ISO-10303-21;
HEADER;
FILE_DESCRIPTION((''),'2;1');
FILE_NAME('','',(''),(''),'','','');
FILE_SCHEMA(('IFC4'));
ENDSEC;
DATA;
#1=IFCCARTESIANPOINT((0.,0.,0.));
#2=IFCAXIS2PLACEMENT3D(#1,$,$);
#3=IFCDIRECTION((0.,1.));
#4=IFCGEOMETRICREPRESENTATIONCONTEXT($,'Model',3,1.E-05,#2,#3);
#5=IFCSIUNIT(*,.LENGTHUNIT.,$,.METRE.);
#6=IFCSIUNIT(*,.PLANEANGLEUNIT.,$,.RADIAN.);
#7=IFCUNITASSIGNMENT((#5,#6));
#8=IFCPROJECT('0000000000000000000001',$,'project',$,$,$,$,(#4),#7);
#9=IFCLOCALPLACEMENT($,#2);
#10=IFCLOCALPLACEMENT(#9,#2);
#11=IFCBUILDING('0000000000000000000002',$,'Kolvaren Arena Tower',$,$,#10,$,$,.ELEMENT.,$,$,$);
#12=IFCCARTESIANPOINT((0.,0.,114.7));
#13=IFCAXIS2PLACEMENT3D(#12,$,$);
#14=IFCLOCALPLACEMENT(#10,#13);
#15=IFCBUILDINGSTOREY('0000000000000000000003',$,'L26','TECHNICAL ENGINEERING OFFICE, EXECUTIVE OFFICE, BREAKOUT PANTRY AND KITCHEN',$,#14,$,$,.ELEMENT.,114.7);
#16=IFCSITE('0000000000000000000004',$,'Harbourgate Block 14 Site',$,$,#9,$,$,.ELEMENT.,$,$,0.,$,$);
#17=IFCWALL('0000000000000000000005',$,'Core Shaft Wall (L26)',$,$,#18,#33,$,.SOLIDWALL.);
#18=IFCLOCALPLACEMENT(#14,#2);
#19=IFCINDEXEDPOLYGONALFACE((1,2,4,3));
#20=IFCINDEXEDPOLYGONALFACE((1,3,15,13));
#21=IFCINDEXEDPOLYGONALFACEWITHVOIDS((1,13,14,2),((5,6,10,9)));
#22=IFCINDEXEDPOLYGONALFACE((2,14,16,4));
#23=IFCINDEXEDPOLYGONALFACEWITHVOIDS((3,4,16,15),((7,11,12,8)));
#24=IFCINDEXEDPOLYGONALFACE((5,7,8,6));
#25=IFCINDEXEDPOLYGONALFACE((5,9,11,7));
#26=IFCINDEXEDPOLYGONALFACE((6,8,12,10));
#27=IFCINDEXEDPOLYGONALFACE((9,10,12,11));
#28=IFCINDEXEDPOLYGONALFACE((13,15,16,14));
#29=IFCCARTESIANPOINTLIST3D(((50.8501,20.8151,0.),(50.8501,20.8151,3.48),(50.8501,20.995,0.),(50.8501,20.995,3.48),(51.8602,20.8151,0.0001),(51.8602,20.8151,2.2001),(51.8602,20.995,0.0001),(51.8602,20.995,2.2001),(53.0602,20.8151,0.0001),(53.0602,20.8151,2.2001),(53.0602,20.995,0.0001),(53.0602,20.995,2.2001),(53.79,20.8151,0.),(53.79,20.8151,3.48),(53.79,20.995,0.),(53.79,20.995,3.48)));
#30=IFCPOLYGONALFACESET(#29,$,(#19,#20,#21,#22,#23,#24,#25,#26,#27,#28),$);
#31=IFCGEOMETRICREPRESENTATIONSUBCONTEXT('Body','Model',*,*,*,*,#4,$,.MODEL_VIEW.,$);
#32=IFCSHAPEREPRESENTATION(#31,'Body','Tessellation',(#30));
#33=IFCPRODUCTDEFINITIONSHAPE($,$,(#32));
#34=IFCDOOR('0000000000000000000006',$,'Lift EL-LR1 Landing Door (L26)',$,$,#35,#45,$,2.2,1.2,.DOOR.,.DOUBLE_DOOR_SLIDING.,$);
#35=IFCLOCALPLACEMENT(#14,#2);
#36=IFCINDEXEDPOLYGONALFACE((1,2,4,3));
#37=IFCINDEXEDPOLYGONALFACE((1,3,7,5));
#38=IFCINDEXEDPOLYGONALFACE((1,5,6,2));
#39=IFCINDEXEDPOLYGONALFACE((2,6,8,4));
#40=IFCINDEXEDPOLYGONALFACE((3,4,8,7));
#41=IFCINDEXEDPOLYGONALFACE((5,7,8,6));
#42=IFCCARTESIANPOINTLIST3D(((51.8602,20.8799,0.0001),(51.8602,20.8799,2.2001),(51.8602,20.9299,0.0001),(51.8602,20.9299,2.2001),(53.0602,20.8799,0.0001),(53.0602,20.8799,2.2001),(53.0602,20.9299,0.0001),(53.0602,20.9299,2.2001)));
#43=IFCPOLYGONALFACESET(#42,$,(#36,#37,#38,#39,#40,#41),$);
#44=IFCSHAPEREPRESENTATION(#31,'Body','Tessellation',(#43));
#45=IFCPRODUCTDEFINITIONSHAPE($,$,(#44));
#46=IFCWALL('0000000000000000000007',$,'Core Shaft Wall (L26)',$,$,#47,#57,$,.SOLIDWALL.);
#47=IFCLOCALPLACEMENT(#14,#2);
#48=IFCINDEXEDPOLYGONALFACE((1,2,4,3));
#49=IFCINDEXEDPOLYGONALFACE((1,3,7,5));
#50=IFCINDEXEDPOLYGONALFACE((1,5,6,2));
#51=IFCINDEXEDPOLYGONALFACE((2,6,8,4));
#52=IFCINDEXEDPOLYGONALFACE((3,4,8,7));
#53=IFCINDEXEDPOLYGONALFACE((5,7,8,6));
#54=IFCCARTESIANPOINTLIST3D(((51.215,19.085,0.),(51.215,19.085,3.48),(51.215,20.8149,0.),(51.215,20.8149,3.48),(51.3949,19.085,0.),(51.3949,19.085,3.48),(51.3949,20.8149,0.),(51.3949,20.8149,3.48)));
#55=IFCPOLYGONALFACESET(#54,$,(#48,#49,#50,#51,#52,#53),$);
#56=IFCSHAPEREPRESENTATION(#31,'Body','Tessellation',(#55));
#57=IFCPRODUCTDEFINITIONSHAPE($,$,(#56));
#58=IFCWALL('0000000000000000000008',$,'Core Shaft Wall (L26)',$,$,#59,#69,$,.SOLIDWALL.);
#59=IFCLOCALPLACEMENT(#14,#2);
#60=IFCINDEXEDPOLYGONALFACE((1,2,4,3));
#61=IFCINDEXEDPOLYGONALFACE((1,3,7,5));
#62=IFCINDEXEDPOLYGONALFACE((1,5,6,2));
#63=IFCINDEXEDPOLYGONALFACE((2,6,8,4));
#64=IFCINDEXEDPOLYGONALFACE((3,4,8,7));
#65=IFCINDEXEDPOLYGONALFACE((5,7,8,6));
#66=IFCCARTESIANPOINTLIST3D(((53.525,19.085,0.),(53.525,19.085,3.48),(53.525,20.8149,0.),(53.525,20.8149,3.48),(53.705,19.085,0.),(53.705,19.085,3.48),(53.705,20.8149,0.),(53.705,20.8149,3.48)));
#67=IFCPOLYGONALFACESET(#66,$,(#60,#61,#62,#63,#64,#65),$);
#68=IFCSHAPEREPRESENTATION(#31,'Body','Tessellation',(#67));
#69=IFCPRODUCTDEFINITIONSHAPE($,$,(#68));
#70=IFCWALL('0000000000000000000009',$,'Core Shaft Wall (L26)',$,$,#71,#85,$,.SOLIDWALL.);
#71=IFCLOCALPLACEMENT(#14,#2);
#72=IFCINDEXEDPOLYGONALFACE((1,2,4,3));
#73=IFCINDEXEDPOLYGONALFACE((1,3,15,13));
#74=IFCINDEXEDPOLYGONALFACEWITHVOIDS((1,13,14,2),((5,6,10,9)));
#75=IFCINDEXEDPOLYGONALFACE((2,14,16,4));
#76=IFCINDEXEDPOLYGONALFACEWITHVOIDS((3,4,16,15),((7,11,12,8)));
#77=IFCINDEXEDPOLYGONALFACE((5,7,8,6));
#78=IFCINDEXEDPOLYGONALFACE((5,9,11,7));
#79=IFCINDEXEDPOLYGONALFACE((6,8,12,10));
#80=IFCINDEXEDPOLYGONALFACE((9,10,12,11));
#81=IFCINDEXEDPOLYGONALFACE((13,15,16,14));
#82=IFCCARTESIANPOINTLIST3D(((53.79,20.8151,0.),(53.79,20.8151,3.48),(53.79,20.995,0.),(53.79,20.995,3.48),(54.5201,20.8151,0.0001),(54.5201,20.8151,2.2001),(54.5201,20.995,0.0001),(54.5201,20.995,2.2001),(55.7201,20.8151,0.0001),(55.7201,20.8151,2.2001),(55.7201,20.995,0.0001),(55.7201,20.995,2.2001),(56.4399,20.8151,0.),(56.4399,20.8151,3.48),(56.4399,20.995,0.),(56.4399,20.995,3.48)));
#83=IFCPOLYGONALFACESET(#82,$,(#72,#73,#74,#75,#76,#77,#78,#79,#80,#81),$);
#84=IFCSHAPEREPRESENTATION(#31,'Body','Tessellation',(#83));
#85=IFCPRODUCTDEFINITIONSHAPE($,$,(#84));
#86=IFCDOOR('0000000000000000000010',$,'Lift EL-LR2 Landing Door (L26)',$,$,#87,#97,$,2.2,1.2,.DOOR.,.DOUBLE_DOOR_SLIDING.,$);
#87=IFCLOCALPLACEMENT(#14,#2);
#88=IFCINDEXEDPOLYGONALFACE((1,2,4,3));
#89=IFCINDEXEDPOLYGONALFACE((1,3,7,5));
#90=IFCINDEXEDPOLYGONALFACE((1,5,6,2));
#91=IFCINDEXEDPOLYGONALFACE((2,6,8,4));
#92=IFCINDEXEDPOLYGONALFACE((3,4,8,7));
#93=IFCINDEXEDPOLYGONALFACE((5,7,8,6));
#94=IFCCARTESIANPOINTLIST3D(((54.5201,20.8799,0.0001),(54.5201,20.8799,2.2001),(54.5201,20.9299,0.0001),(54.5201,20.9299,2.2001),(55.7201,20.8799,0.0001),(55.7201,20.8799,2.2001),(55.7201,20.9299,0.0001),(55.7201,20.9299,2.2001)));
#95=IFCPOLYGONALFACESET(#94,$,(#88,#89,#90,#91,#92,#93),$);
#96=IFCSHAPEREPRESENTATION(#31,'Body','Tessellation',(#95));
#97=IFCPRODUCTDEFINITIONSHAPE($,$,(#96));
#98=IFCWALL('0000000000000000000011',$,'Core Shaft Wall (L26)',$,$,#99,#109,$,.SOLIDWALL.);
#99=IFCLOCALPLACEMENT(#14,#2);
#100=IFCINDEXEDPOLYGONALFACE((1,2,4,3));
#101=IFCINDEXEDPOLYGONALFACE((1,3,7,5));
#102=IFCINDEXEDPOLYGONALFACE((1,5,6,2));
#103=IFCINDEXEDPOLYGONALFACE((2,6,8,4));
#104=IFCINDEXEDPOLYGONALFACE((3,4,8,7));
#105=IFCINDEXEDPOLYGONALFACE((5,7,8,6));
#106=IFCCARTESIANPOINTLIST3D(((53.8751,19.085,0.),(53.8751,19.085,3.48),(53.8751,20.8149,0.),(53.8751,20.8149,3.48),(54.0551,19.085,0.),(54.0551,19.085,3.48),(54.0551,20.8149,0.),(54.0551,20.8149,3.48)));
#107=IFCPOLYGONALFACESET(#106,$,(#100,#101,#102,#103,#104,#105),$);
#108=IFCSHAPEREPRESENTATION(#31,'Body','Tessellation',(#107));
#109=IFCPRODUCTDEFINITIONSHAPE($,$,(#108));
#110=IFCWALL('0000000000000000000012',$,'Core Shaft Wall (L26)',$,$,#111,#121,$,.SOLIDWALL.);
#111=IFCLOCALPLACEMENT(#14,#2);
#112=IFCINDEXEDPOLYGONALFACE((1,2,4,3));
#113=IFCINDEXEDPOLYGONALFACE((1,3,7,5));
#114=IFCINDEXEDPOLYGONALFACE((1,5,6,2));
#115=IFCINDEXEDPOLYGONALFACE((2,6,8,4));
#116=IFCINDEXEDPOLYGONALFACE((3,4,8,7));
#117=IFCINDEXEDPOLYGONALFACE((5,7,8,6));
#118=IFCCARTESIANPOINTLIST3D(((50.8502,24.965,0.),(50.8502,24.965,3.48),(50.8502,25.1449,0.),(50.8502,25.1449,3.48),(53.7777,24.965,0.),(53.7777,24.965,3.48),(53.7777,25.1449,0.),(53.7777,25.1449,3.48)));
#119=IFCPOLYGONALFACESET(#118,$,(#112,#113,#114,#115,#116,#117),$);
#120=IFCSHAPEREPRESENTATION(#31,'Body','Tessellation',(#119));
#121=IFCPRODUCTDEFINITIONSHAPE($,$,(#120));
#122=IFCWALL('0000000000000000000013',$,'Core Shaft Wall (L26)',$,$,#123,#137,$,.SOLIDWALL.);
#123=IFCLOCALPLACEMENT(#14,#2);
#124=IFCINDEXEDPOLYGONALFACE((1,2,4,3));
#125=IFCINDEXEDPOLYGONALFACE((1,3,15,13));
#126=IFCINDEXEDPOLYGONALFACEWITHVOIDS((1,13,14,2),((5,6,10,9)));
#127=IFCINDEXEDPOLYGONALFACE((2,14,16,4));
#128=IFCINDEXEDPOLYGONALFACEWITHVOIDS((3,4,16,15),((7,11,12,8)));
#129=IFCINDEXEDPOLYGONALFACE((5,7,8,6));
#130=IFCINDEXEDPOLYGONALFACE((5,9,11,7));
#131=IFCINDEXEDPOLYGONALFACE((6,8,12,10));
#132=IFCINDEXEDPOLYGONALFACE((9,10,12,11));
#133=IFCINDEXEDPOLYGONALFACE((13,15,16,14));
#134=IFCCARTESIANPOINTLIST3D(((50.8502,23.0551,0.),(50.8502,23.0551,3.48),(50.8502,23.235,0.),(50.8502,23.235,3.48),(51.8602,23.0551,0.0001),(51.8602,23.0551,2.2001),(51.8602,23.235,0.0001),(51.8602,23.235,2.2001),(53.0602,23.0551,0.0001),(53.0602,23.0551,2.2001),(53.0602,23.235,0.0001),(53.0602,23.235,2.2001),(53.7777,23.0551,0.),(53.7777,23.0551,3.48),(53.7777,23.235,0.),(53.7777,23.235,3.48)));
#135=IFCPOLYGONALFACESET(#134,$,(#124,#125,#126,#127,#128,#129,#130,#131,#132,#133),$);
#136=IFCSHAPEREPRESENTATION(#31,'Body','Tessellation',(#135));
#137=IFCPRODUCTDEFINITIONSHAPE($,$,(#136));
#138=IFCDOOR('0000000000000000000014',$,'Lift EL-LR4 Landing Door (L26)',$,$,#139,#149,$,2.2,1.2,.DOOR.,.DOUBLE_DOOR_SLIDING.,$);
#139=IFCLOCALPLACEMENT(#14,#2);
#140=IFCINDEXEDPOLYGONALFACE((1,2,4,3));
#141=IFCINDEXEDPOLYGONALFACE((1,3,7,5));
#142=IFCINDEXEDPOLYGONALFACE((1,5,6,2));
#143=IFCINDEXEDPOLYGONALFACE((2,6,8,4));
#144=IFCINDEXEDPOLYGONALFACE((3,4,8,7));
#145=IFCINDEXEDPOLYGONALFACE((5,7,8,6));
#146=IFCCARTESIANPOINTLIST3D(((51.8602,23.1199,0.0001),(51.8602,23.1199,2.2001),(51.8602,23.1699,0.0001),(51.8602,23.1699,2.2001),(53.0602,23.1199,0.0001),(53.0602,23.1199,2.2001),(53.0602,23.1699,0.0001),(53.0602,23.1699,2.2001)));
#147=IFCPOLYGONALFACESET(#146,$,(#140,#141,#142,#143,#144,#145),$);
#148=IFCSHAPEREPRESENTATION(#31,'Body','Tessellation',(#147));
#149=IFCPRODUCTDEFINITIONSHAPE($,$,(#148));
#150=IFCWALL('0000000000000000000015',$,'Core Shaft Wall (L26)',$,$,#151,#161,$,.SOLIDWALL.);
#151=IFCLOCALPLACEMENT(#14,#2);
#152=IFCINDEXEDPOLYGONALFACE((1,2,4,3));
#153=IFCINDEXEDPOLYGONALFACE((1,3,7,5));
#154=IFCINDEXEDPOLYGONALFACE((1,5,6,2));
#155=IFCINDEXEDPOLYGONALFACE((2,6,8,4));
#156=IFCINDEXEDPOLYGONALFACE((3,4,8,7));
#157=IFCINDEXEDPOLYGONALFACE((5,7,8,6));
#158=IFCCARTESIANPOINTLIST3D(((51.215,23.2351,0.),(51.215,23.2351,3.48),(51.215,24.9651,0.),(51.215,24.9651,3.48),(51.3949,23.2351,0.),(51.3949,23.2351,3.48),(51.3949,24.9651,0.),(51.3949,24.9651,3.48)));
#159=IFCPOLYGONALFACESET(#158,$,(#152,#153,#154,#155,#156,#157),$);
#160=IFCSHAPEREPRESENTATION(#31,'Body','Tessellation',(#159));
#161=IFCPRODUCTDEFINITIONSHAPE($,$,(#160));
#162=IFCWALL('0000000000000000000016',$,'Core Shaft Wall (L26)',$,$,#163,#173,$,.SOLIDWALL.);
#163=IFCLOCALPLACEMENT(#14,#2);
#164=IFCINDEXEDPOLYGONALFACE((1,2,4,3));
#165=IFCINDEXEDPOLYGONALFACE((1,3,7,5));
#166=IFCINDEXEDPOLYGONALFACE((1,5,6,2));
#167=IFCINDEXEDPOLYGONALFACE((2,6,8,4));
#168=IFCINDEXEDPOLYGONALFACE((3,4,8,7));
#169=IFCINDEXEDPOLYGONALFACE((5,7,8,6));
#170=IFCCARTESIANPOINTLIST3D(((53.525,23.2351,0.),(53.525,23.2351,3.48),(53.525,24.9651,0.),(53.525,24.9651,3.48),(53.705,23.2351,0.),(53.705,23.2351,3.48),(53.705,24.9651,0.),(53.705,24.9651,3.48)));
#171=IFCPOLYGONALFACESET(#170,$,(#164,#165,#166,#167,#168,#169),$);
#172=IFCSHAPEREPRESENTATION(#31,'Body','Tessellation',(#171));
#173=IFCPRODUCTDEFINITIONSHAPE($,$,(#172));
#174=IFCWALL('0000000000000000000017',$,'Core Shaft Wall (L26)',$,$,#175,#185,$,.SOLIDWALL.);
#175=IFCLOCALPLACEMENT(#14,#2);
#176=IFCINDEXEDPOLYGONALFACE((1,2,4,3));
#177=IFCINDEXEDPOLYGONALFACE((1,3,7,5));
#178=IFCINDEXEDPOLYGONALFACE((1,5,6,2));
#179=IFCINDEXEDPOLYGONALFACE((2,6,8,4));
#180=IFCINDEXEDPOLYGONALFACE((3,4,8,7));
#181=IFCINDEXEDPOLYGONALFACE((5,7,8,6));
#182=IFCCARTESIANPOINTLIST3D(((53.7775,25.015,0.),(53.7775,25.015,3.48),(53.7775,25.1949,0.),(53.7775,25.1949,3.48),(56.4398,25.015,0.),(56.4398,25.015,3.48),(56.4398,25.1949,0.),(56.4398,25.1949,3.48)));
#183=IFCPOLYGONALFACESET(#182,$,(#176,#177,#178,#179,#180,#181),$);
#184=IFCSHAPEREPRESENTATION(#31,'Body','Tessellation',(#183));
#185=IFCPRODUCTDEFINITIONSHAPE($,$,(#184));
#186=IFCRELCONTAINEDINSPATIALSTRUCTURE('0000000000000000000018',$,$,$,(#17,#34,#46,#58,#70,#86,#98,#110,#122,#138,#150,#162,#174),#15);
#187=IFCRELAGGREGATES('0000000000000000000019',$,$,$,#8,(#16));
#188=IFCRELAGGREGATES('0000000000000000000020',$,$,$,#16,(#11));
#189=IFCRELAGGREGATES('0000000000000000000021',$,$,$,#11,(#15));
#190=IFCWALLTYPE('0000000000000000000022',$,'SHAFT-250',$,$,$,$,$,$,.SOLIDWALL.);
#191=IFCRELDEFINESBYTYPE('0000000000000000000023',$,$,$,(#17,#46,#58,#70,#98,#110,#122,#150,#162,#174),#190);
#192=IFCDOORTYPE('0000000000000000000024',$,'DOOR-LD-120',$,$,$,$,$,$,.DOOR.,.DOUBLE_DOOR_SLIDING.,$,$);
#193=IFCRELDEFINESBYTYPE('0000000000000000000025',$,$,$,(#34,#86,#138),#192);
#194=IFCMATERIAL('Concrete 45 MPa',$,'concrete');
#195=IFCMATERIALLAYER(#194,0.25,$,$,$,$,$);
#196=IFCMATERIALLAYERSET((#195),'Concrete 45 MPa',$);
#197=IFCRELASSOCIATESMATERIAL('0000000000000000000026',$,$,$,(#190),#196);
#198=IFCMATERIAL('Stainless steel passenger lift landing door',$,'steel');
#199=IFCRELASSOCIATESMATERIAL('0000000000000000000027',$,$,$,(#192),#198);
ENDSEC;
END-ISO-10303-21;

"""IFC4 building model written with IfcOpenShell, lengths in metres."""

from ifc_helpers import new_model, si_unit, direction, frame, frame_2d, origin, place, context, subcontext, project, spatial, rectangle, extrude, material, layer, layer_set, type_object, element, fill, save


model = new_model("IFC4")

# Units and contexts
model_context = context("Model", 3, precision=1e-05, world=origin(), true_north=direction((0.0, 1.0)))
body_context = subcontext(model_context, "Body", "Model", "MODEL_VIEW")
ifc_project = project(units=[si_unit("LENGTHUNIT", "METRE"), si_unit("PLANEANGLEUNIT", "RADIAN")], contexts=[model_context])

# Site, building, storey
site_placement = place(None, origin())
site = spatial("IfcSite", under=ifc_project, at=site_placement, Name="Harbourgate Block 14 Site", CompositionType="ELEMENT", RefElevation=0.0)
building_placement = place(site_placement, origin())
building = spatial("IfcBuilding", under=site, at=building_placement, Name="Kolvaren Arena Tower", CompositionType="ELEMENT")
storey_placement = place(building_placement, frame((0.0, 0.0, 114.7)))
storey = spatial("IfcBuildingStorey", under=building, at=storey_placement, Name="L26", Description="TECHNICAL ENGINEERING OFFICE, EXECUTIVE OFFICE, BREAKOUT PANTRY AND KITCHEN", CompositionType="ELEMENT", Elevation=114.7)

# Wall, opening, door
ifc_material_1 = material(Name="Concrete 45 MPa", Category="concrete")
ifc_layer_1 = layer(ifc_material_1, 0.25)
ifc_layer_set_1 = layer_set([ifc_layer_1], Name="Concrete 45 MPa")
wall_type_1 = type_object("IfcWallType", Name="SHAFT-250", PredefinedType="SOLIDWALL", material=ifc_layer_set_1)
wall_1_placement = place(storey_placement, frame((50.8501, 20.905, 0.0), z_axis=(0.0, 0.0, 1.0), x_axis=(1.0, 0.0, 0.0)))
wall_1 = element("IfcWall", 1, at=wall_1_placement, inside=storey, type_object=wall_type_1, Name="Core Shaft Wall (L26)", PredefinedType="SOLIDWALL", context=body_context, shape_type="SweptSolid", body=[
    extrude(rectangle(XDim=2.9399, YDim=0.1799, at=frame_2d((1.47, 0.0))), origin(), (0.0, 0.0, 1.0), 3.48),
])
opening_1_placement = place(wall_1_placement, frame((1.01, 0.0, 0.0)))
opening_1 = element("IfcOpeningElement", 2, at=opening_1_placement, cuts=wall_1, PredefinedType="OPENING", context=body_context, shape_type="SweptSolid", body=[
    extrude(rectangle(XDim=1.2, YDim=2.2, at=frame_2d((0.6001, 1.1001))), frame((0.0, 0.0999, 0.0), z_axis=(0.0, -1.0, 0.0), x_axis=(1.0, 0.0, 0.0)), (0.0, 0.0, 1.0), 0.2),
])
ifc_material_2 = material(Name="Stainless steel passenger lift landing door", Category="steel")
door_type_1 = type_object("IfcDoorType", Name="DOOR-LD-120", OperationType="DOUBLE_DOOR_SLIDING", PredefinedType="DOOR", material=ifc_material_2)
door_1_placement = place(opening_1_placement, origin())
door_1 = element("IfcDoor", 3, at=door_1_placement, inside=storey, type_object=door_type_1, Name="Lift EL-LR1 Landing Door (L26)", OperationType="DOUBLE_DOOR_SLIDING", OverallHeight=2.2, OverallWidth=1.2, PredefinedType="DOOR", context=body_context, shape_type="SweptSolid", body=[
    extrude(rectangle(XDim=1.2, YDim=2.2, at=frame_2d((0.6001, 1.1001))), frame((0.0, 0.0249, 0.0), z_axis=(0.0, -1.0, 0.0), x_axis=(1.0, 0.0, 0.0)), (0.0, 0.0, 1.0), 0.05),
])
fill(opening_1, door_1)

# Walls
for number, where, z_axis, x_axis, name in (
    (4, (51.3049, 19.085, 0.0), (0.0, 0.0, 1.0), (0.0, 1.0, 0.0), "Core Shaft Wall (L26)"),
    (5, (53.615, 19.085, 0.0), (0.0, 0.0, 1.0), (0.0, 1.0, 0.0), "Core Shaft Wall (L26)"),
):
    element("IfcWall", number, at=place(storey_placement, frame(where, z_axis=z_axis, x_axis=x_axis)), inside=storey, type_object=wall_type_1, Name=name, PredefinedType="SOLIDWALL", context=body_context, shape_type="SweptSolid", body=[
        extrude(rectangle(XDim=1.73, YDim=0.1799, at=frame_2d((0.865, 0.0))), origin(), (0.0, 0.0, 1.0), 3.48),
    ])

# Wall, opening, door
wall_2_placement = place(storey_placement, frame((53.79, 20.905, 0.0), z_axis=(0.0, 0.0, 1.0), x_axis=(1.0, 0.0, 0.0)))
wall_2 = element("IfcWall", 6, at=wall_2_placement, inside=storey, type_object=wall_type_1, Name="Core Shaft Wall (L26)", PredefinedType="SOLIDWALL", context=body_context, shape_type="SweptSolid", body=[
    extrude(rectangle(XDim=2.6499, YDim=0.1799, at=frame_2d((1.325, 0.0))), origin(), (0.0, 0.0, 1.0), 3.48),
])
opening_2_placement = place(wall_2_placement, frame((0.73, 0.0, 0.0)))
opening_2 = element("IfcOpeningElement", 7, at=opening_2_placement, cuts=wall_2, PredefinedType="OPENING", context=body_context, shape_type="SweptSolid", body=[
    extrude(rectangle(XDim=1.2, YDim=2.2, at=frame_2d((0.6001, 1.1001))), frame((0.0, 0.0999, 0.0), z_axis=(0.0, -1.0, 0.0), x_axis=(1.0, 0.0, 0.0)), (0.0, 0.0, 1.0), 0.2),
])
door_2_placement = place(opening_2_placement, origin())
door_2 = element("IfcDoor", 8, at=door_2_placement, inside=storey, type_object=door_type_1, Name="Lift EL-LR2 Landing Door (L26)", OperationType="DOUBLE_DOOR_SLIDING", OverallHeight=2.2, OverallWidth=1.2, PredefinedType="DOOR", context=body_context, shape_type="SweptSolid", body=[
    extrude(rectangle(XDim=1.2, YDim=2.2, at=frame_2d((0.6001, 1.1001))), frame((0.0, 0.0249, 0.0), z_axis=(0.0, -1.0, 0.0), x_axis=(1.0, 0.0, 0.0)), (0.0, 0.0, 1.0), 0.05),
])
fill(opening_2, door_2)

# Walls
wall_3_placement = place(storey_placement, frame((53.9651, 19.085, 0.0), z_axis=(0.0, 0.0, 1.0), x_axis=(0.0, 1.0, 0.0)))
element("IfcWall", 9, at=wall_3_placement, inside=storey, type_object=wall_type_1, Name="Core Shaft Wall (L26)", PredefinedType="SOLIDWALL", context=body_context, shape_type="SweptSolid", body=[
    extrude(rectangle(XDim=1.73, YDim=0.1799, at=frame_2d((0.865, 0.0))), origin(), (0.0, 0.0, 1.0), 3.48),
])
wall_4_placement = place(storey_placement, frame((50.8501, 25.0549, 0.0), z_axis=(0.0, 0.0, 1.0), x_axis=(1.0, 0.0, 0.0)))
element("IfcWall", 10, at=wall_4_placement, inside=storey, type_object=wall_type_1, Name="Core Shaft Wall (L26)", PredefinedType="SOLIDWALL", context=body_context, shape_type="SweptSolid", body=[
    extrude(rectangle(XDim=2.9275, YDim=0.1799, at=frame_2d((1.4639, 0.0))), origin(), (0.0, 0.0, 1.0), 3.48),
])

# Wall, opening, door
wall_5_placement = place(storey_placement, frame((50.8501, 23.145, 0.0), z_axis=(0.0, 0.0, 1.0), x_axis=(1.0, 0.0, 0.0)))
wall_5 = element("IfcWall", 11, at=wall_5_placement, inside=storey, type_object=wall_type_1, Name="Core Shaft Wall (L26)", PredefinedType="SOLIDWALL", context=body_context, shape_type="SweptSolid", body=[
    extrude(rectangle(XDim=2.9275, YDim=0.1799, at=frame_2d((1.4639, 0.0))), origin(), (0.0, 0.0, 1.0), 3.48),
])
opening_3_placement = place(wall_5_placement, frame((1.01, 0.0, 0.0)))
opening_3 = element("IfcOpeningElement", 12, at=opening_3_placement, cuts=wall_5, PredefinedType="OPENING", context=body_context, shape_type="SweptSolid", body=[
    extrude(rectangle(XDim=1.2, YDim=2.2, at=frame_2d((0.6001, 1.1001))), frame((0.0, 0.0999, 0.0), z_axis=(0.0, -1.0, 0.0), x_axis=(1.0, 0.0, 0.0)), (0.0, 0.0, 1.0), 0.2),
])
door_3_placement = place(opening_3_placement, origin())
door_3 = element("IfcDoor", 13, at=door_3_placement, inside=storey, type_object=door_type_1, Name="Lift EL-LR4 Landing Door (L26)", OperationType="DOUBLE_DOOR_SLIDING", OverallHeight=2.2, OverallWidth=1.2, PredefinedType="DOOR", context=body_context, shape_type="SweptSolid", body=[
    extrude(rectangle(XDim=1.2, YDim=2.2, at=frame_2d((0.6001, 1.1001))), frame((0.0, 0.0249, 0.0), z_axis=(0.0, -1.0, 0.0), x_axis=(1.0, 0.0, 0.0)), (0.0, 0.0, 1.0), 0.05),
])
fill(opening_3, door_3)

# Walls
for number, where, z_axis, x_axis, name in (
    (14, (51.3049, 23.2351, 0.0), (0.0, 0.0, 1.0), (0.0, 1.0, 0.0), "Core Shaft Wall (L26)"),
    (15, (53.615, 23.2351, 0.0), (0.0, 0.0, 1.0), (0.0, 1.0, 0.0), "Core Shaft Wall (L26)"),
):
    element("IfcWall", number, at=place(storey_placement, frame(where, z_axis=z_axis, x_axis=x_axis)), inside=storey, type_object=wall_type_1, Name=name, PredefinedType="SOLIDWALL", context=body_context, shape_type="SweptSolid", body=[
        extrude(rectangle(XDim=1.73, YDim=0.1799, at=frame_2d((0.865, 0.0))), origin(), (0.0, 0.0, 1.0), 3.48),
    ])
for number, where, z_axis, x_axis, name in (
    (16, (53.7776, 25.105, 0.0), (0.0, 0.0, 1.0), (1.0, 0.0, 0.0), "Core Shaft Wall (L26)"),
):
    element("IfcWall", number, at=place(storey_placement, frame(where, z_axis=z_axis, x_axis=x_axis)), inside=storey, type_object=wall_type_1, Name=name, PredefinedType="SOLIDWALL", context=body_context, shape_type="SweptSolid", body=[
        extrude(rectangle(XDim=2.6624, YDim=0.1799, at=frame_2d((1.3311, 0.0))), origin(), (0.0, 0.0, 1.0), 3.48),
    ])

save(model, "model.ifc")
